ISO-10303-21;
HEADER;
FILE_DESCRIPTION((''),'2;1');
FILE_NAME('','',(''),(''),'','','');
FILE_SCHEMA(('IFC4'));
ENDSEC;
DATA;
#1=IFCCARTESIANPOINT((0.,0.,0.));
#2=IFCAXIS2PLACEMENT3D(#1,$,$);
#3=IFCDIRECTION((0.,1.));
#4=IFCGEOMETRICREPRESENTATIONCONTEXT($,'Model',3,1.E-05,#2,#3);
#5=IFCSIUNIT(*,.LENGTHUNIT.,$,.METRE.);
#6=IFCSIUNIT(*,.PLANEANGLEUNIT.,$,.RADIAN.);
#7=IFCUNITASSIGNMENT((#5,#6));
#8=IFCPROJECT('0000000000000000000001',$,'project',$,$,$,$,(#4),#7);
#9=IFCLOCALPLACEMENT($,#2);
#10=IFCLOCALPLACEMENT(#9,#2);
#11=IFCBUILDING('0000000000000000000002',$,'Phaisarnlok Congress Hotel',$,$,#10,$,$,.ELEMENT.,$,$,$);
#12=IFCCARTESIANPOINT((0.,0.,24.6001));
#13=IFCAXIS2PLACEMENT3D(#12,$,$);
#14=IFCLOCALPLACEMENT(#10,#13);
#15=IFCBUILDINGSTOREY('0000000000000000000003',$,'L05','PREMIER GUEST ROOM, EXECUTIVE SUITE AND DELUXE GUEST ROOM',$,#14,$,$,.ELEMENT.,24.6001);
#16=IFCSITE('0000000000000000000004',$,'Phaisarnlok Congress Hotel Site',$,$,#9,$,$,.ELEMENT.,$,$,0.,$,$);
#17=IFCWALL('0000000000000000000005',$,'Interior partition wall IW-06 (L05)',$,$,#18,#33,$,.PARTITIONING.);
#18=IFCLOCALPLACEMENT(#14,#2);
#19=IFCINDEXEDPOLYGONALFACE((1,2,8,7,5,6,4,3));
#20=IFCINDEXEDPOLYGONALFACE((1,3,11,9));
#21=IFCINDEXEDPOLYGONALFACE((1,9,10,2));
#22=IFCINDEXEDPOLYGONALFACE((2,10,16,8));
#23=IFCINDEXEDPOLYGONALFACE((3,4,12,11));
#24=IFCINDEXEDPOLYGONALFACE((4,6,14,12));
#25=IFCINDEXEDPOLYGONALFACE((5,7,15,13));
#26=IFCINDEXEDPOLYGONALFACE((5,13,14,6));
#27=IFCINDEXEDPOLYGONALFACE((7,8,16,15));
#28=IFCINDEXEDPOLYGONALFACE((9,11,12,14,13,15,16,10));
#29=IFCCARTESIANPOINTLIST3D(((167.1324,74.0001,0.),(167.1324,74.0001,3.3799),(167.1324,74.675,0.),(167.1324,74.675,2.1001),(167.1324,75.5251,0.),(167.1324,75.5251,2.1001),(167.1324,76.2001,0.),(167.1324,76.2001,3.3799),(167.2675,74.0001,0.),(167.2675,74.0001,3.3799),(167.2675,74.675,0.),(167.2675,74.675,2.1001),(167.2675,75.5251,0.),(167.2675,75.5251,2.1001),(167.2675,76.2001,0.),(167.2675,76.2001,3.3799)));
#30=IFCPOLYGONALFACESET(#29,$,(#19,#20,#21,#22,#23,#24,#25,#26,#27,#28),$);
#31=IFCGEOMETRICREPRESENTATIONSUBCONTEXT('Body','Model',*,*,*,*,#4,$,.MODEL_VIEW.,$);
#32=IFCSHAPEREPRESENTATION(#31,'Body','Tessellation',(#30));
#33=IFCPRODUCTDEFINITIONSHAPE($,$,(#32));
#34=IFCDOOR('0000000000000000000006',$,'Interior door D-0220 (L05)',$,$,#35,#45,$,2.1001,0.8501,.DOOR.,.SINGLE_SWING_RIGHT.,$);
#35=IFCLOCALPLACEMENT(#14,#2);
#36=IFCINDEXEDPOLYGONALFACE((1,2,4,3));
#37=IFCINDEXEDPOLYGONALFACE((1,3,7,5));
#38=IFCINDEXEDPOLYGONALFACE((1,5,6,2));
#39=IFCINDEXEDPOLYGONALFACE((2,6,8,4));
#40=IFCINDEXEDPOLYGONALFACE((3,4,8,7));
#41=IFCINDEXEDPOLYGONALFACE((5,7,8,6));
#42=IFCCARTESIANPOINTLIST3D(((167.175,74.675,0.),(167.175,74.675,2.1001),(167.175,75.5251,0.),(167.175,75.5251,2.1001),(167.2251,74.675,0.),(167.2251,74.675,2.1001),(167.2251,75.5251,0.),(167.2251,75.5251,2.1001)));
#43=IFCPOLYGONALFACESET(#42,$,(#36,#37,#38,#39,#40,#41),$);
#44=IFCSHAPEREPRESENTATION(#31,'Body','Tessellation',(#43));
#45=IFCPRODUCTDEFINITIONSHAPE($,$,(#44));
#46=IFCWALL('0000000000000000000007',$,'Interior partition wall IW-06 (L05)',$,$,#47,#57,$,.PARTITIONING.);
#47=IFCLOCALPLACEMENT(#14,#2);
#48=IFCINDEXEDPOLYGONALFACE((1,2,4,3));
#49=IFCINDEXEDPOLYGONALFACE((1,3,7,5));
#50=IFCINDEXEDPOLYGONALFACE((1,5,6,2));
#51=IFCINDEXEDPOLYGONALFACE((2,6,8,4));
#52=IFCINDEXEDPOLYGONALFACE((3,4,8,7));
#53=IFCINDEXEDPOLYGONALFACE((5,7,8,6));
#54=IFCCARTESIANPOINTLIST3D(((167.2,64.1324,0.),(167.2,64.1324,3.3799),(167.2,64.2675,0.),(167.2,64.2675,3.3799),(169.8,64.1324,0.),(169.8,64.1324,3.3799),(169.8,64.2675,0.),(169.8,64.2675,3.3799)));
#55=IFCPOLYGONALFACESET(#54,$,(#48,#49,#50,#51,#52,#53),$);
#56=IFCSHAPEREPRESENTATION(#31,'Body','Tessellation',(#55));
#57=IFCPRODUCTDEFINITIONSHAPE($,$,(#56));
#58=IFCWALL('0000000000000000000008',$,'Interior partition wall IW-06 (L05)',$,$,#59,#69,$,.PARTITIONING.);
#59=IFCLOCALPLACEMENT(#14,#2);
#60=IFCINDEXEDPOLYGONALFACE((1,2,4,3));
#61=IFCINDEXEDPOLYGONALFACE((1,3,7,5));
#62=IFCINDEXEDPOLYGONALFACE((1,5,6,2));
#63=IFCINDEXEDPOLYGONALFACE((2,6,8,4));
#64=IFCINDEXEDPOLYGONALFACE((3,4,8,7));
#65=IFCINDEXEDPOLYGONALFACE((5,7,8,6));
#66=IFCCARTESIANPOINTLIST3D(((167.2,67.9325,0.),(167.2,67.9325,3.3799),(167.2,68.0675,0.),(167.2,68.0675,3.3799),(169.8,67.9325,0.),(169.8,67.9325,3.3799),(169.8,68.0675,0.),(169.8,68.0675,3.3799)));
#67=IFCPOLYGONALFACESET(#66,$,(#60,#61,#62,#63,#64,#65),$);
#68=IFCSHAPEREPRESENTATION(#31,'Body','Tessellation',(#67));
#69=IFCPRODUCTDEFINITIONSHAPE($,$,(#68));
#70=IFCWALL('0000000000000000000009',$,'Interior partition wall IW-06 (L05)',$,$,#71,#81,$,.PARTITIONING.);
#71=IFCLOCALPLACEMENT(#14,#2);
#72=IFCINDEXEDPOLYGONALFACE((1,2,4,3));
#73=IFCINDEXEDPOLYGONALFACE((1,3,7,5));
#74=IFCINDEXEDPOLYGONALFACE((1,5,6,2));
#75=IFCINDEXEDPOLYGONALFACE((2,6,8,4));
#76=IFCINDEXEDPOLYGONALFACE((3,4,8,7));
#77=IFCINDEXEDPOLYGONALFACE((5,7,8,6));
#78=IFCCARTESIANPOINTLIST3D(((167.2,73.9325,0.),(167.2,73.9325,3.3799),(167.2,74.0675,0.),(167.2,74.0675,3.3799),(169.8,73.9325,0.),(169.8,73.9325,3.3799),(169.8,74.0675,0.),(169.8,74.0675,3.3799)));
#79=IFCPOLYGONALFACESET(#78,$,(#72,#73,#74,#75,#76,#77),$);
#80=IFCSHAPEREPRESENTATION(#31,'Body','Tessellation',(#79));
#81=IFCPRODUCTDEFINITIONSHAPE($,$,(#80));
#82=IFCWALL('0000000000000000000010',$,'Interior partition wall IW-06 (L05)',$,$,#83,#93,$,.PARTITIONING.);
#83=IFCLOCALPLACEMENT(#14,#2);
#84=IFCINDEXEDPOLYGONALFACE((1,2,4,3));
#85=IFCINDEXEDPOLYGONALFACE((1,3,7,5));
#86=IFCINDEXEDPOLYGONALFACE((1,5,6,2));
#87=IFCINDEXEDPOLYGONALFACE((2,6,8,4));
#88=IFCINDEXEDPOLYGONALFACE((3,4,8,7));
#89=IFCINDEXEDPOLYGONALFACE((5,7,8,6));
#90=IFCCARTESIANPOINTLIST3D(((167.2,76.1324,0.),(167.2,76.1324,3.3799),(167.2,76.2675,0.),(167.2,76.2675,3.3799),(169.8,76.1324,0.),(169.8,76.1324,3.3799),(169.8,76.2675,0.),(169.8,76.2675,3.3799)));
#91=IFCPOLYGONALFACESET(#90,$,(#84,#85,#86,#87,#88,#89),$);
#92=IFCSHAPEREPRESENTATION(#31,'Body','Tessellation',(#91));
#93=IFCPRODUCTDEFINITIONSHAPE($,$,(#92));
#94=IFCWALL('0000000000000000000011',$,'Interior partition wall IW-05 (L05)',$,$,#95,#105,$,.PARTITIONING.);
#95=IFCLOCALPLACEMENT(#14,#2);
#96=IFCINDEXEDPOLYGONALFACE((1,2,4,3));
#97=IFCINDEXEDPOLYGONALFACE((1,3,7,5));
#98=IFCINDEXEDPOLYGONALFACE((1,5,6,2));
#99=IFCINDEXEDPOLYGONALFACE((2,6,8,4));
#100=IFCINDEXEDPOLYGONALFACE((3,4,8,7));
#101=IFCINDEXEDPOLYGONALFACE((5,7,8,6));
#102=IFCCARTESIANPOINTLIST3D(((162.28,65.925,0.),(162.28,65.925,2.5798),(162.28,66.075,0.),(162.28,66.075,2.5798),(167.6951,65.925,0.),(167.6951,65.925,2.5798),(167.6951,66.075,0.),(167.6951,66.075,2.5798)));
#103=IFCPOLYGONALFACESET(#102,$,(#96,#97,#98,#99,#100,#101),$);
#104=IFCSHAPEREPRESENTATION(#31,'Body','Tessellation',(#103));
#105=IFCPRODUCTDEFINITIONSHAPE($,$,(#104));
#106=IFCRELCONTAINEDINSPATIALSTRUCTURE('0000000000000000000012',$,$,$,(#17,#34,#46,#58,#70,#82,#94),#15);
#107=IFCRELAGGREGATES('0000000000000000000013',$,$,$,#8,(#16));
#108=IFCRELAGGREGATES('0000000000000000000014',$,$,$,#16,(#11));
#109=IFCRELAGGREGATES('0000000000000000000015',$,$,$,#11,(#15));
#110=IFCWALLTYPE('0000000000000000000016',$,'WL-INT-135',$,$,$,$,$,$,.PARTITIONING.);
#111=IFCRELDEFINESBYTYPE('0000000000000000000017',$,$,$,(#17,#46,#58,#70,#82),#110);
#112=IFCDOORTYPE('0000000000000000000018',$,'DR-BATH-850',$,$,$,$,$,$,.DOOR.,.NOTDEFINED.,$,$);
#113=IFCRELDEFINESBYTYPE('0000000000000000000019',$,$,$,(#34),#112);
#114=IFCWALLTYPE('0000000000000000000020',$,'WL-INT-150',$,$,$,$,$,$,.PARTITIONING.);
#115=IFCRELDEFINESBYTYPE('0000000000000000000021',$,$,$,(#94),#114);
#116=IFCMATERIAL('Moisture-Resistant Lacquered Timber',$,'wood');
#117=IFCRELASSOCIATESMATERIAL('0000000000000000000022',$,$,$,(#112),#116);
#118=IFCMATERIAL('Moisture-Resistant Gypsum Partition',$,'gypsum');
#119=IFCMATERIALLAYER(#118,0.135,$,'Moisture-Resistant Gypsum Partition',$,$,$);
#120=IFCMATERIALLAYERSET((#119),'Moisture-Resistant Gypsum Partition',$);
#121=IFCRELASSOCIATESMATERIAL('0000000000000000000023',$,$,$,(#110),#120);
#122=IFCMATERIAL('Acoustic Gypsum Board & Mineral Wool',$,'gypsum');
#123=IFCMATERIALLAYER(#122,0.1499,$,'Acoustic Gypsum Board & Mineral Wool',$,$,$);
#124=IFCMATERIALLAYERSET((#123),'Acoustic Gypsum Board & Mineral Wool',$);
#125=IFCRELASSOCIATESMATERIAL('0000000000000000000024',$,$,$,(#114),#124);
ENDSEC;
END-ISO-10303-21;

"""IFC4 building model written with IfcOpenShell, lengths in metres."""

from ifc_helpers import new_model, si_unit, direction, frame, frame_2d, origin, place, context, subcontext, project, spatial, rectangle, extrude, material, layer, layer_set, type_object, element, fill, save


model = new_model("IFC4")

# Units and contexts
model_context = context("Model", 3, precision=1e-05, world=origin(), true_north=direction((0.0, 1.0)))
body_context = subcontext(model_context, "Body", "Model", "MODEL_VIEW")
ifc_project = project(units=[si_unit("LENGTHUNIT", "METRE"), si_unit("PLANEANGLEUNIT", "RADIAN")], contexts=[model_context])

# Site, building, storey
site_placement = place(None, origin())
site = spatial("IfcSite", under=ifc_project, at=site_placement, Name="Phaisarnlok Congress Hotel Site", CompositionType="ELEMENT", RefElevation=0.0)
building_placement = place(site_placement, origin())
building = spatial("IfcBuilding", under=site, at=building_placement, Name="Phaisarnlok Congress Hotel", CompositionType="ELEMENT")
storey_placement = place(building_placement, frame((0.0, 0.0, 24.6001)))
storey = spatial("IfcBuildingStorey", under=building, at=storey_placement, Name="L05", Description="PREMIER GUEST ROOM, EXECUTIVE SUITE AND DELUXE GUEST ROOM", CompositionType="ELEMENT", Elevation=24.6001)

# Shared definitions
ifc_material_1 = material(Name="Moisture-Resistant Lacquered Timber", Category="wood")
door_type = type_object("IfcDoorType", Name="DR-BATH-850", OperationType="NOTDEFINED", PredefinedType="DOOR", material=ifc_material_1)

# Wall, opening, door
ifc_material_2 = material(Name="Moisture-Resistant Gypsum Partition", Category="gypsum")
ifc_layer_1 = layer(ifc_material_2, 0.135, Name="Moisture-Resistant Gypsum Partition")
ifc_layer_set_1 = layer_set([ifc_layer_1], Name="Moisture-Resistant Gypsum Partition")
wall_type_1 = type_object("IfcWallType", Name="WL-INT-135", PredefinedType="PARTITIONING", material=ifc_layer_set_1)
wall_1_placement = place(storey_placement, frame((167.2, 74.0, 0.0), z_axis=(0.0, 0.0, 1.0), x_axis=(0.0, 1.0, 0.0)))
wall_1 = element("IfcWall", 1, at=wall_1_placement, inside=storey, type_object=wall_type_1, Name="Interior partition wall IW-06 (L05)", PredefinedType="PARTITIONING", context=body_context, shape_type="SweptSolid", body=[
    extrude(rectangle(XDim=2.2, YDim=0.135, at=frame_2d((1.1001, 0.0))), origin(), (0.0, 0.0, 1.0), 3.3799),
])
opening_1_placement = place(wall_1_placement, frame((0.675, 0.0, 0.0)))
opening_1 = element("IfcOpeningElement", 2, at=opening_1_placement, cuts=wall_1, PredefinedType="OPENING", context=body_context, shape_type="SweptSolid", body=[
    extrude(rectangle(XDim=0.8501, YDim=2.1001, at=frame_2d((0.425, 1.05))), frame((0.0, 0.0776, 0.0), z_axis=(0.0, -1.0, 0.0), x_axis=(1.0, 0.0, 0.0)), (0.0, 0.0, 1.0), 0.155),
])
door_1_placement = place(opening_1_placement, origin())
door_1 = element("IfcDoor", 3, at=door_1_placement, inside=storey, type_object=door_type, Name="Interior door D-0220 (L05)", OperationType="SINGLE_SWING_RIGHT", OverallHeight=2.1001, OverallWidth=0.8501, PredefinedType="DOOR", context=body_context, shape_type="SweptSolid", body=[
    extrude(rectangle(XDim=0.8501, YDim=2.1001, at=frame_2d((0.425, 1.05))), frame((0.0, 0.0249, 0.0), z_axis=(0.0, -1.0, 0.0), x_axis=(1.0, 0.0, 0.0)), (0.0, 0.0, 1.0), 0.05),
])
fill(opening_1, door_1)

# Walls
for number, where, z_axis, x_axis, name in (
    (4, (167.2, 64.2, 0.0), (0.0, 0.0, 1.0), (1.0, 0.0, 0.0), "Interior partition wall IW-06 (L05)"),
    (5, (167.2, 68.0, 0.0), (0.0, 0.0, 1.0), (1.0, 0.0, 0.0), "Interior partition wall IW-06 (L05)"),
    (6, (167.2, 74.0, 0.0), (0.0, 0.0, 1.0), (1.0, 0.0, 0.0), "Interior partition wall IW-06 (L05)"),
    (7, (167.2, 76.2, 0.0), (0.0, 0.0, 1.0), (1.0, 0.0, 0.0), "Interior partition wall IW-06 (L05)"),
):
    element("IfcWall", number, at=place(storey_placement, frame(where, z_axis=z_axis, x_axis=x_axis)), inside=storey, type_object=wall_type_1, Name=name, PredefinedType="PARTITIONING", context=body_context, shape_type="SweptSolid", body=[
        extrude(rectangle(XDim=2.6001, YDim=0.135, at=frame_2d((1.3, 0.0))), origin(), (0.0, 0.0, 1.0), 3.3799),
    ])
ifc_material_3 = material(Name="Acoustic Gypsum Board & Mineral Wool", Category="gypsum")
ifc_layer_2 = layer(ifc_material_3, 0.1499, Name="Acoustic Gypsum Board & Mineral Wool")
ifc_layer_set_2 = layer_set([ifc_layer_2], Name="Acoustic Gypsum Board & Mineral Wool")
wall_type_2 = type_object("IfcWallType", Name="WL-INT-150", PredefinedType="PARTITIONING", material=ifc_layer_set_2)
wall_2_placement = place(storey_placement, frame((162.28, 66.0, 0.0), z_axis=(0.0, 0.0, 1.0), x_axis=(1.0, 0.0, 0.0)))
element("IfcWall", 8, at=wall_2_placement, inside=storey, type_object=wall_type_2, Name="Interior partition wall IW-05 (L05)", PredefinedType="PARTITIONING", context=body_context, shape_type="SweptSolid", body=[
    extrude(rectangle(XDim=5.415, YDim=0.1499, at=frame_2d((2.7075, 0.0))), origin(), (0.0, 0.0, 1.0), 2.5798),
])

save(model, "model.ifc")
